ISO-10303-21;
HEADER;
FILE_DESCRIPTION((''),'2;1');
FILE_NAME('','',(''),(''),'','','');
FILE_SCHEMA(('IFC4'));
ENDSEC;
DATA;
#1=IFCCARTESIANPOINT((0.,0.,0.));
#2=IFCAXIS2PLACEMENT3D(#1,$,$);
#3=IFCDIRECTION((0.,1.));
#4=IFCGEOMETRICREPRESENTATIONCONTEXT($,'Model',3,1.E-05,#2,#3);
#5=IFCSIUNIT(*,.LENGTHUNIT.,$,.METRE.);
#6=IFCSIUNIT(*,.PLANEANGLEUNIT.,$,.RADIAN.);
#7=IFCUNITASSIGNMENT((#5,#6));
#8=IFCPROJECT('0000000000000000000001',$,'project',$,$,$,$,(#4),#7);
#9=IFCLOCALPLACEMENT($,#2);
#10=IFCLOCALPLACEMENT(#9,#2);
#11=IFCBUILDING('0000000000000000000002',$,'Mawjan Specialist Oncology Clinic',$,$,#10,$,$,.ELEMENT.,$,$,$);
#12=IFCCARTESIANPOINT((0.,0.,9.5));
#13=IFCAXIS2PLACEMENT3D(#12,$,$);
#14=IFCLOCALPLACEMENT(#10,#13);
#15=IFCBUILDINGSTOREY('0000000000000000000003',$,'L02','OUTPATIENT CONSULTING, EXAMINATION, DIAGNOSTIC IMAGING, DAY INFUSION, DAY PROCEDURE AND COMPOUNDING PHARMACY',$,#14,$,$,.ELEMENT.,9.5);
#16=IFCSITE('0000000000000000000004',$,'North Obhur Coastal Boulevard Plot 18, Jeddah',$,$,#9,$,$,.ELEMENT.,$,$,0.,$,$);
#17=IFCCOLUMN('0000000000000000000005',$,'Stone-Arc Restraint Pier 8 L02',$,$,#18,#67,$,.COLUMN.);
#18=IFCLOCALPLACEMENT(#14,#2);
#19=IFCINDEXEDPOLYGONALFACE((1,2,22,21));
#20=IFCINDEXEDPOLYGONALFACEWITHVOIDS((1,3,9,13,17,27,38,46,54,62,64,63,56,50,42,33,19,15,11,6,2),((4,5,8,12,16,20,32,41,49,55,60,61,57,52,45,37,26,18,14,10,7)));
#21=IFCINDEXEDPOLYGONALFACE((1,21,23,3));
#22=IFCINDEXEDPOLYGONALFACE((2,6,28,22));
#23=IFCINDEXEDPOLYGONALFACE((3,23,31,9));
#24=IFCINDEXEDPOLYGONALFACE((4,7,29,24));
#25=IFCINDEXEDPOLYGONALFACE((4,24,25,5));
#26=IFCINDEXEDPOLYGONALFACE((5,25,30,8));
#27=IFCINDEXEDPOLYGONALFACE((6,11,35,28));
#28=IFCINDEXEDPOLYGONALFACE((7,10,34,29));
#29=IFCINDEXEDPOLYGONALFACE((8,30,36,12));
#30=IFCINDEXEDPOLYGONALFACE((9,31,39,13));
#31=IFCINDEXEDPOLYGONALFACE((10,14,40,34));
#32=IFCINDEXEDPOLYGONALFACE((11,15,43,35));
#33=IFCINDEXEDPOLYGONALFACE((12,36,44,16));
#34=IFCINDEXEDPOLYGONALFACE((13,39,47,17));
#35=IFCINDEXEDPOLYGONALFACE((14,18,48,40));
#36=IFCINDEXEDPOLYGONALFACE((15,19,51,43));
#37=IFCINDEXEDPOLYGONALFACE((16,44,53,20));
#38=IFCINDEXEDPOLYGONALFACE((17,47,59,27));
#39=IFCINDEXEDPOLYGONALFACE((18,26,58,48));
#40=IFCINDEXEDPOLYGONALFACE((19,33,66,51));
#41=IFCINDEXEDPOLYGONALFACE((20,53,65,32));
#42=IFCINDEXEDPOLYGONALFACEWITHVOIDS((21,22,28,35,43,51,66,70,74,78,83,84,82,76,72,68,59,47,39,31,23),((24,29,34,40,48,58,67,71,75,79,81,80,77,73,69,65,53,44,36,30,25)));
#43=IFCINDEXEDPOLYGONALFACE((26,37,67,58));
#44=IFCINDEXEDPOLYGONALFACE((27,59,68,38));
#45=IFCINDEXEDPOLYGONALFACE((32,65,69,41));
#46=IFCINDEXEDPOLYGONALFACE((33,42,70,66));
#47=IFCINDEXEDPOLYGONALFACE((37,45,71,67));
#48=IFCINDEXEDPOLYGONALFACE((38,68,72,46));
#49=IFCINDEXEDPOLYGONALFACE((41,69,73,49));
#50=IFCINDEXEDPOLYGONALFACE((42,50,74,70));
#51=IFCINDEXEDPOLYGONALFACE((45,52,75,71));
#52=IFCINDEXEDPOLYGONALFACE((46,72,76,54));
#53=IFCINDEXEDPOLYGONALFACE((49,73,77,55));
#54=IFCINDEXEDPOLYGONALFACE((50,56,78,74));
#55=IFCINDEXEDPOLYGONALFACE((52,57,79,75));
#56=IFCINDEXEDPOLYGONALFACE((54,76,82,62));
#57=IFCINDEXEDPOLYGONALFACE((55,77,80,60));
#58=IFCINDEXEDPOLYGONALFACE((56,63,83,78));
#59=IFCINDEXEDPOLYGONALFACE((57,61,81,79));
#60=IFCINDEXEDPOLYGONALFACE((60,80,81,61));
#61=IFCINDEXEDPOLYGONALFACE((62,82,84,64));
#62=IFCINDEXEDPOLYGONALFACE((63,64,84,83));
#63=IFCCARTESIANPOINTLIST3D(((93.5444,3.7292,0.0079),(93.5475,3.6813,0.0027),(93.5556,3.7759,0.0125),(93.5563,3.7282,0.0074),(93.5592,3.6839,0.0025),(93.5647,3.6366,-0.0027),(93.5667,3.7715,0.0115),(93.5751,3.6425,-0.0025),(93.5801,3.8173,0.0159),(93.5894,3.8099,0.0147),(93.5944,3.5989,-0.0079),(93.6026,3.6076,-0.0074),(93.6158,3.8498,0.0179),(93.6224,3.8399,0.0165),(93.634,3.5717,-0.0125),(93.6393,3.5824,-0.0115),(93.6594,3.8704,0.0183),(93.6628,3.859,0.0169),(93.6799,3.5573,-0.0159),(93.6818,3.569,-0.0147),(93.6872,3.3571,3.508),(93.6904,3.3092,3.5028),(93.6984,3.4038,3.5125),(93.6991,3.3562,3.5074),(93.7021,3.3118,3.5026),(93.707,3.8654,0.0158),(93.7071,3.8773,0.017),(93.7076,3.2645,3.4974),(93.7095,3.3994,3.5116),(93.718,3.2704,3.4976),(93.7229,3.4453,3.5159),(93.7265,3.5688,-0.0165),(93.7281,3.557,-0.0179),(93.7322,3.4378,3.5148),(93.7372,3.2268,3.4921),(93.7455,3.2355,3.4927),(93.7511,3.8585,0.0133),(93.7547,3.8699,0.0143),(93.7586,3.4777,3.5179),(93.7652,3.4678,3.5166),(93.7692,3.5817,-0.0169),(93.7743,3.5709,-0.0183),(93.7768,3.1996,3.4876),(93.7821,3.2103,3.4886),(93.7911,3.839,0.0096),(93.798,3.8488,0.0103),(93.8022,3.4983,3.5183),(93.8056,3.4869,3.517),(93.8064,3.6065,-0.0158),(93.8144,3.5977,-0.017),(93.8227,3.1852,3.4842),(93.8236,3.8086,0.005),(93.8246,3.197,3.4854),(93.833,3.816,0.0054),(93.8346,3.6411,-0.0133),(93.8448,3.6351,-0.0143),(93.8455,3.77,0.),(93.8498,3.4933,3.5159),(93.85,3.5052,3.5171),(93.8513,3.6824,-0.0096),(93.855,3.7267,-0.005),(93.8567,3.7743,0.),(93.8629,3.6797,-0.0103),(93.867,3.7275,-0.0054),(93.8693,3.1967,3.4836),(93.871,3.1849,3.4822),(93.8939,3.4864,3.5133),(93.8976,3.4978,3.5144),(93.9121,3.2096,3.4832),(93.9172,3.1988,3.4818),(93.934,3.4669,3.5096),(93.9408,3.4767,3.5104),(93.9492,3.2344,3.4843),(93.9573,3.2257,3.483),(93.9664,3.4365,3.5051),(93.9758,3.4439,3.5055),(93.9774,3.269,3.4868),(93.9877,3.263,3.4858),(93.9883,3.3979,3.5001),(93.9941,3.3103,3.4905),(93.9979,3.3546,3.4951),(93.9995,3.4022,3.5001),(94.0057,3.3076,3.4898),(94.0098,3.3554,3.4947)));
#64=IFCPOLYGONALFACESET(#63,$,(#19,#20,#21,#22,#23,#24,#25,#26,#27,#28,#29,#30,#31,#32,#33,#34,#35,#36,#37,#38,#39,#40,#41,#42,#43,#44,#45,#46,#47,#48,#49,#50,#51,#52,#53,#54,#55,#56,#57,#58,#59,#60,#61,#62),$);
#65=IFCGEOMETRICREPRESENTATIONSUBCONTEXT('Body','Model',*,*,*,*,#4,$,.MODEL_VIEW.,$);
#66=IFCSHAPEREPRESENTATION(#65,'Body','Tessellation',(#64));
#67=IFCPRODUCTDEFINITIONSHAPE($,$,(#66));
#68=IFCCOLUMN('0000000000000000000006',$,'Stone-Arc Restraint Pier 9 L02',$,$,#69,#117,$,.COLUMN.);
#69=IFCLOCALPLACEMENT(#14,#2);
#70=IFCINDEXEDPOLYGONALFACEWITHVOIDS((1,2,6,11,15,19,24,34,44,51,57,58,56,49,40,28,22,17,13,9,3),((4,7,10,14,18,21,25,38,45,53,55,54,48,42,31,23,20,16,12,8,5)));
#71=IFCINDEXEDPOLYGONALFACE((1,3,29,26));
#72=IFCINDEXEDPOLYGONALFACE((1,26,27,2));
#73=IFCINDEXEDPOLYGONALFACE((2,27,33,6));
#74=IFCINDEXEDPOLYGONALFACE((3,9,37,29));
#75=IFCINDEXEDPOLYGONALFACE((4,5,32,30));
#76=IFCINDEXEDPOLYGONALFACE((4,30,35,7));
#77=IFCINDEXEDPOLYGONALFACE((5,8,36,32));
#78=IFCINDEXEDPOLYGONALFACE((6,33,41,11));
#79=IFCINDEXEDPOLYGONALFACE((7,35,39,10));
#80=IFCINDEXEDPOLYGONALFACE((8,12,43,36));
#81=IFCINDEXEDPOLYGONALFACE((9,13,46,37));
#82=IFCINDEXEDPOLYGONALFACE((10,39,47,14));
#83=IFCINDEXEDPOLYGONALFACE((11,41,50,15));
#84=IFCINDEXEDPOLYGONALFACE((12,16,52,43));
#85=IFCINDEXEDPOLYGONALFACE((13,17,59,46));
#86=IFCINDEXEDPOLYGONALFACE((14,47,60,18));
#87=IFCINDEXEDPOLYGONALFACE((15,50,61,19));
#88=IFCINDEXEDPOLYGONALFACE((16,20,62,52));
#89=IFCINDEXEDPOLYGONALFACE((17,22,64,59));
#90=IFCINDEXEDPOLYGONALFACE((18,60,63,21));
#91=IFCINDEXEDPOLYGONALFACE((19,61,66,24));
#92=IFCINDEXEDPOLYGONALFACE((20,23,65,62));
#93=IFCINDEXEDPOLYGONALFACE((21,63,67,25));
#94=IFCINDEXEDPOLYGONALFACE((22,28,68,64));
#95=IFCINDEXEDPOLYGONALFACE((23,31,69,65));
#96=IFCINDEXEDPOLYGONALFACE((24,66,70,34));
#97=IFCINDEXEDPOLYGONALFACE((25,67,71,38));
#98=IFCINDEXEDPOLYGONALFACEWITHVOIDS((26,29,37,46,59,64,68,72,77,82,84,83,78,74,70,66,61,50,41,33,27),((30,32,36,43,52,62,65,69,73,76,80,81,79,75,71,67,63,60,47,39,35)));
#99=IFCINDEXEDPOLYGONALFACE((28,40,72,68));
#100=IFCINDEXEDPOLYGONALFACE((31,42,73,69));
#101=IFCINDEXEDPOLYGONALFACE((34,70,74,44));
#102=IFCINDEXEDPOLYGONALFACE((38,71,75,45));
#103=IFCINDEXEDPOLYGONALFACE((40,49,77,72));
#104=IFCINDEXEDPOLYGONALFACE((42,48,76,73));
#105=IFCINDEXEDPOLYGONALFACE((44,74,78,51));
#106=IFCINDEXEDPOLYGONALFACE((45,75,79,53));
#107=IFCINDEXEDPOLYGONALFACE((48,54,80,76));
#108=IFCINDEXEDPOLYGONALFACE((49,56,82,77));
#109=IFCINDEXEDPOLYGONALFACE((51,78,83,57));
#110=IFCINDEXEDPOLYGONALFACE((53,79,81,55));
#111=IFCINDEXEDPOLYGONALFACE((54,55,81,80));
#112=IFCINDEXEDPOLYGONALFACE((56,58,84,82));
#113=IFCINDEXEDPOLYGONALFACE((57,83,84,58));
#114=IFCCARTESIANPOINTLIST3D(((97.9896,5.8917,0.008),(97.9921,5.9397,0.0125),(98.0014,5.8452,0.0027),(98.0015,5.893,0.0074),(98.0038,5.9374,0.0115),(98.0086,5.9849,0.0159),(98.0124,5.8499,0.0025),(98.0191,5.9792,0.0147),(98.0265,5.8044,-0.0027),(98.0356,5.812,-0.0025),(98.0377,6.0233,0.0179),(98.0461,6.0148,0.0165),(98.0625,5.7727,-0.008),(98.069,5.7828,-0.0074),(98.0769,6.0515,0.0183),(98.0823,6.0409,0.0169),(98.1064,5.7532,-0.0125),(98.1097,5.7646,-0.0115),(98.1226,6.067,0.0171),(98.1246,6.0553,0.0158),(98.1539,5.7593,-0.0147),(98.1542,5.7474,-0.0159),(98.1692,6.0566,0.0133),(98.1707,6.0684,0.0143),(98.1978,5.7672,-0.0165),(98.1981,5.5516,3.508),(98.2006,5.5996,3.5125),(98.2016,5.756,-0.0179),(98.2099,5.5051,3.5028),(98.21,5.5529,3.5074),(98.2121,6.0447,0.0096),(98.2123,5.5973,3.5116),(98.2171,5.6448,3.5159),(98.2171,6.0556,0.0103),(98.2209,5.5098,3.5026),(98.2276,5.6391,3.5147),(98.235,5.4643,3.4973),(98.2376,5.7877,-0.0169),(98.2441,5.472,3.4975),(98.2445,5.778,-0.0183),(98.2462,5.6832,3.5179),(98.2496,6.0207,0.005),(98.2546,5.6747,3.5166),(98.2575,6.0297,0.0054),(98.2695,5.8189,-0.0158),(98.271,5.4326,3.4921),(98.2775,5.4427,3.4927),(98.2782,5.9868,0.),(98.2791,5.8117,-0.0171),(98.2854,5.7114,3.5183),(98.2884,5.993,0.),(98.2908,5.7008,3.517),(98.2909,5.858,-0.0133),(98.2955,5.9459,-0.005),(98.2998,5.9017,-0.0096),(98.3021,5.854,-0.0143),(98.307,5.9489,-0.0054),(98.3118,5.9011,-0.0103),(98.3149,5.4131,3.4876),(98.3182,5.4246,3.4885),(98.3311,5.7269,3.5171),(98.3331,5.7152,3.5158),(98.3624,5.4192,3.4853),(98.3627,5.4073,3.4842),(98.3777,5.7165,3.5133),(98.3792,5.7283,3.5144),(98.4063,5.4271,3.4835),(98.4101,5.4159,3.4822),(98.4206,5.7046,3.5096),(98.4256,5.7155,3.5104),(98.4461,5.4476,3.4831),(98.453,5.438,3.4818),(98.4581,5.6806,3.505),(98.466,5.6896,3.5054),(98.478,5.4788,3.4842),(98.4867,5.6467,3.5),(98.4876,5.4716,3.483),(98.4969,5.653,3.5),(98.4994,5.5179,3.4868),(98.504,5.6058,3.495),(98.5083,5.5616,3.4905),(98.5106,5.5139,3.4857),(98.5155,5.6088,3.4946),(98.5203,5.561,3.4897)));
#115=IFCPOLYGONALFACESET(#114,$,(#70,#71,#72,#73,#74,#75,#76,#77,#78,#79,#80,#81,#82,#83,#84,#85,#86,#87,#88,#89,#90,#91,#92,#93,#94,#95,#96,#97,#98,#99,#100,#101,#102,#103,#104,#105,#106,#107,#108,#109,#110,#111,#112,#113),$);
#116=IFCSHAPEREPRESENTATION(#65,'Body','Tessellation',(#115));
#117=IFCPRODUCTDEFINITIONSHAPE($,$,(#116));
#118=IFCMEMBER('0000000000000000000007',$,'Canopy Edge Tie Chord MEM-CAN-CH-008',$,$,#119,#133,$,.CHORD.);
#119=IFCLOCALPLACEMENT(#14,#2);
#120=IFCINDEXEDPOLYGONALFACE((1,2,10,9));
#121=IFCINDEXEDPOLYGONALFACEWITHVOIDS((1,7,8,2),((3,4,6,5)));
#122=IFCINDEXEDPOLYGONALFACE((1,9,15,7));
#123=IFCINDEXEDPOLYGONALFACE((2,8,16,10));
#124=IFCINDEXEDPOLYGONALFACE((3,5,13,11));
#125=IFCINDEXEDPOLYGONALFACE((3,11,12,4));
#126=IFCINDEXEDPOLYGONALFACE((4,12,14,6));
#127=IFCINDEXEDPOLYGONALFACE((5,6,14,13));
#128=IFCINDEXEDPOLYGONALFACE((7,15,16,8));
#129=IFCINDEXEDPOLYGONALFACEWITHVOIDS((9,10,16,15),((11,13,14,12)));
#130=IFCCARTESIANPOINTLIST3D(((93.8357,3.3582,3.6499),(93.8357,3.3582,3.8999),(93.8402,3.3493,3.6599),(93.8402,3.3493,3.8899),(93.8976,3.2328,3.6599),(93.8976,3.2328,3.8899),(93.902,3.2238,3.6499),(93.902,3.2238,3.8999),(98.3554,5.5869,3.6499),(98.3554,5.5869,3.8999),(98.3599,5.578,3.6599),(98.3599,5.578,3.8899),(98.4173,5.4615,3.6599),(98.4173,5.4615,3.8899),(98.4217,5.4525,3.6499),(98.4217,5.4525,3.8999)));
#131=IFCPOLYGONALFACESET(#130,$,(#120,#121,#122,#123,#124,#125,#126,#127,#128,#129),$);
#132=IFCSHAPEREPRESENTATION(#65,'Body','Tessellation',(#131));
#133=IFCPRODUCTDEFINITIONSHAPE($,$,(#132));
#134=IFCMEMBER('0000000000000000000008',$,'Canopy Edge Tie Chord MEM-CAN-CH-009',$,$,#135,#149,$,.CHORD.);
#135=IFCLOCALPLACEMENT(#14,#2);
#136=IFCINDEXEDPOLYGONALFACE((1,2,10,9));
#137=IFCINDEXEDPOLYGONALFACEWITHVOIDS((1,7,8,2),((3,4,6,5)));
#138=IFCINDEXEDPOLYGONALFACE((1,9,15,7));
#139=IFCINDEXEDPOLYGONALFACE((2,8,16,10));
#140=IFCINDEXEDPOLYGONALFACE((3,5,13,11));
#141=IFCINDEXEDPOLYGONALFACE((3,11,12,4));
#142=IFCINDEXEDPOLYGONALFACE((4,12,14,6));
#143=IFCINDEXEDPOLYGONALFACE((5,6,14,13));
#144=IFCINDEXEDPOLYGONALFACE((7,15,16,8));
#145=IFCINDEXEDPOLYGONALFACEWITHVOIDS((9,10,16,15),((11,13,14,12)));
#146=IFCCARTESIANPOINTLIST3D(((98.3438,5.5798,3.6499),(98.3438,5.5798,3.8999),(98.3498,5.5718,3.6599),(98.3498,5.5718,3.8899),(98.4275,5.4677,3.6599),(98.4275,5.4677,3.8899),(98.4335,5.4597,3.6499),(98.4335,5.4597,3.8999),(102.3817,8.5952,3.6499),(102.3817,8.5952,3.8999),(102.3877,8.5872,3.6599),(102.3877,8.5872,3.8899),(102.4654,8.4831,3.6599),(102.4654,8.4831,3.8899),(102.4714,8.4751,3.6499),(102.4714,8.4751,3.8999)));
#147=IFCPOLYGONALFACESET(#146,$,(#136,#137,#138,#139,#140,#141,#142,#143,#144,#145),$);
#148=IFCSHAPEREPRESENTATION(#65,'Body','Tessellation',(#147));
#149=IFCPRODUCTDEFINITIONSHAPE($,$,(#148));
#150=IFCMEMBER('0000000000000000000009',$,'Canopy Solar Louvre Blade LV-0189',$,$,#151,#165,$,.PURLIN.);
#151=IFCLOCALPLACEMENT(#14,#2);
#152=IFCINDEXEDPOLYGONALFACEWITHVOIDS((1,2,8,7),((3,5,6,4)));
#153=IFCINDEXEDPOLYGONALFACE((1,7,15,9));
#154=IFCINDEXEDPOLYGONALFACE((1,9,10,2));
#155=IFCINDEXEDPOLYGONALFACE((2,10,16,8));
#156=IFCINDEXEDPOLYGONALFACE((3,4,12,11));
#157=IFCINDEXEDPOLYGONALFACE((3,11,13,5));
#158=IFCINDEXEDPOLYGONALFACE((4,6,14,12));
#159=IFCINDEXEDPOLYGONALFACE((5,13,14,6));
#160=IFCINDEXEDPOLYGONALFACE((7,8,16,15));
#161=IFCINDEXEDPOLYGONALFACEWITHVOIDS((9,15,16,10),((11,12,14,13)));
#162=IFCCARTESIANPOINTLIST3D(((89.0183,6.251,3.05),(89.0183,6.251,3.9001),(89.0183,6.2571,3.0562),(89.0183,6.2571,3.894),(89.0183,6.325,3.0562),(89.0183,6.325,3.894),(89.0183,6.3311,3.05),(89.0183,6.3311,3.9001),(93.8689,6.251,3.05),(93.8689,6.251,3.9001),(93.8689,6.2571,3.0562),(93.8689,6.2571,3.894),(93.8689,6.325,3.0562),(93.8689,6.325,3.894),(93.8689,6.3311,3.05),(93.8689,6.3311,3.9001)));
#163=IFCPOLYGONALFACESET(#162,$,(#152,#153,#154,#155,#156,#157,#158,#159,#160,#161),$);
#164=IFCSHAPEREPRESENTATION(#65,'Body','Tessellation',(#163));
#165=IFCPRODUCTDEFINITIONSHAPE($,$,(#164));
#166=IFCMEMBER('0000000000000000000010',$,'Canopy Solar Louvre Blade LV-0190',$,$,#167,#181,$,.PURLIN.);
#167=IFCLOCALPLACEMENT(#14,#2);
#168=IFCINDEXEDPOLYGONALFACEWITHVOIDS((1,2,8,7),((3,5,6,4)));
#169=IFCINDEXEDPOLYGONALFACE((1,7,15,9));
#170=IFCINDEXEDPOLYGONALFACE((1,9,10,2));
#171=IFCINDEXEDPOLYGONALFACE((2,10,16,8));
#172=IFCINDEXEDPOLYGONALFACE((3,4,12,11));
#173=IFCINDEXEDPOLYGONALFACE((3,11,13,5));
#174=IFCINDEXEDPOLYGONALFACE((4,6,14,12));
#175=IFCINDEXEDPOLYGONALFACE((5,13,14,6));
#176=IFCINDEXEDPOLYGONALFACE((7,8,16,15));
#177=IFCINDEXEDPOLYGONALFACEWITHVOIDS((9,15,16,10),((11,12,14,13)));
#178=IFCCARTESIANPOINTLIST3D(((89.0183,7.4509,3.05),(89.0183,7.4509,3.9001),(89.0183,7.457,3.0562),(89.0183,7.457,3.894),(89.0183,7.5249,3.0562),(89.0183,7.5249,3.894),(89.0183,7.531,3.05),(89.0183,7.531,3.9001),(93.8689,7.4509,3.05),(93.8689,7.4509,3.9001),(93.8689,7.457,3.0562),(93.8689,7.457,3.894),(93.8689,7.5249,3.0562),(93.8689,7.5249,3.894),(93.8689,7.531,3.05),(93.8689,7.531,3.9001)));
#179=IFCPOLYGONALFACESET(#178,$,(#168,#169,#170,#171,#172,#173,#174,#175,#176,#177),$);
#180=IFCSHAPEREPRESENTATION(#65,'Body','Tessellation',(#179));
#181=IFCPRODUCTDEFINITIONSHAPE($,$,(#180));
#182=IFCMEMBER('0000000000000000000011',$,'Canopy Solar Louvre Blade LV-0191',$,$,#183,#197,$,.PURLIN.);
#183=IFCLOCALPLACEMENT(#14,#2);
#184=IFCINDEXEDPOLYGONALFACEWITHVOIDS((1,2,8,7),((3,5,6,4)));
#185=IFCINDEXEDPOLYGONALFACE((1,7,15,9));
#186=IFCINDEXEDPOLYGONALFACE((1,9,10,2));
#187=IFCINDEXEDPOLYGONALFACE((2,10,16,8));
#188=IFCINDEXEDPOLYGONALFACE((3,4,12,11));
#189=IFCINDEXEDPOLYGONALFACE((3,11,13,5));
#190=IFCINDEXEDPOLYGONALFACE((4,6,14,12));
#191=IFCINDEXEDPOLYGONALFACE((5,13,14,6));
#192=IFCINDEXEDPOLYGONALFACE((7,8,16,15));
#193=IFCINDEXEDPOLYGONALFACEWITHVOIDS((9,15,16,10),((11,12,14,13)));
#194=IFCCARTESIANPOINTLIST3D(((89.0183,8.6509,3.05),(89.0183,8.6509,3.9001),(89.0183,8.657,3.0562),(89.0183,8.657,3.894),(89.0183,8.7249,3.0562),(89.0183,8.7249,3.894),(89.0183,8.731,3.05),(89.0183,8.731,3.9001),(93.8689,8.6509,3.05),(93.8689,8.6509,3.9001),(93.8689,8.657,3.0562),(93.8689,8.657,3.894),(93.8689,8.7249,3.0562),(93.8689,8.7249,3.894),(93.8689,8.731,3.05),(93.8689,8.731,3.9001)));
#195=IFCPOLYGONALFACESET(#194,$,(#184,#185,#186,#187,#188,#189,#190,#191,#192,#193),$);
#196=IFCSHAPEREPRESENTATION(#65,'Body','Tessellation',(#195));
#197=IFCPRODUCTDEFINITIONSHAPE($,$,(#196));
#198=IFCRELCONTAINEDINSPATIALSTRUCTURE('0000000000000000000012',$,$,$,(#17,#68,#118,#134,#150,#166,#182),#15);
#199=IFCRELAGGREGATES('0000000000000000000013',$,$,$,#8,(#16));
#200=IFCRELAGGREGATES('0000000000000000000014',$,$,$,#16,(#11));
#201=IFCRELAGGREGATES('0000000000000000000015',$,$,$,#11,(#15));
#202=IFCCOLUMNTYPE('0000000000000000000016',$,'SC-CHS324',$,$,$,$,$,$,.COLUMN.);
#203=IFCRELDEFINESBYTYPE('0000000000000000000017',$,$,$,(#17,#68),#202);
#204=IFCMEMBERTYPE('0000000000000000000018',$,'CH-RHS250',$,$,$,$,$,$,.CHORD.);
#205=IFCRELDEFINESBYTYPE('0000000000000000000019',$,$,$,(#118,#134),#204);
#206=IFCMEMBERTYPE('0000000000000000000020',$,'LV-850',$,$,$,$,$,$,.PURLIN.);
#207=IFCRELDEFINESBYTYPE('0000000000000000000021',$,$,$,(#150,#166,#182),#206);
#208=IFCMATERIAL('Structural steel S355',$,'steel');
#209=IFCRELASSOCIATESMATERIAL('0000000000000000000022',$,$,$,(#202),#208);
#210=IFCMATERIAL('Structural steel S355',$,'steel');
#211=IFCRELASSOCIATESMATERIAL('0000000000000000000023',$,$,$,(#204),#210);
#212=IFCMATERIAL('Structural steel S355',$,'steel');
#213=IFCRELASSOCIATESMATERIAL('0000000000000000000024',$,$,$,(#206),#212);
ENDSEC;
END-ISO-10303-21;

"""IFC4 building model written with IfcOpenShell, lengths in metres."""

from ifc_helpers import new_model, si_unit, direction, frame, origin, origin_2d, place, context, subcontext, project, spatial, hollow_rectangle, hollow_circle, extrude, material, material_profile, profile_set, type_object, element, save


model = new_model("IFC4")

# Units and contexts
model_context = context("Model", 3, precision=1e-05, world=origin(), true_north=direction((0.0, 1.0)))
body_context = subcontext(model_context, "Body", "Model", "MODEL_VIEW")
ifc_project = project(units=[si_unit("LENGTHUNIT", "METRE"), si_unit("PLANEANGLEUNIT", "RADIAN")], contexts=[model_context])

# Site, building, storey
site_placement = place(None, origin())
site = spatial("IfcSite", under=ifc_project, at=site_placement, Name="North Obhur Coastal Boulevard Plot 18, Jeddah", CompositionType="ELEMENT", RefElevation=0.0)
building_placement = place(site_placement, origin())
building = spatial("IfcBuilding", under=site, at=building_placement, Name="Mawjan Specialist Oncology Clinic", CompositionType="ELEMENT")
storey_placement = place(building_placement, frame((0.0, 0.0, 9.5)))
storey = spatial("IfcBuildingStorey", under=building, at=storey_placement, Name="L02", Description="OUTPATIENT CONSULTING, EXAMINATION, DIAGNOSTIC IMAGING, DAY INFUSION, DAY PROCEDURE AND COMPOUNDING PHARMACY", CompositionType="ELEMENT", Elevation=9.5)

# Columns
ifc_material_1 = material(Name="Structural steel S355", Category="steel")
ifc_material_profile_1 = material_profile(ifc_material_1, hollow_circle(Radius=0.1619, WallThickness=0.012, at=origin_2d()), Name="CHS 323.9x12", Category="steel")
ifc_profile_set_1 = profile_set([ifc_material_profile_1], Name="Structural steel S355")
column_type = type_object("IfcColumnType", Name="SC-CHS324", PredefinedType="COLUMN", material=ifc_profile_set_1)
for number, where, z_axis, x_axis, name in (
    (1, (93.7056, 3.7163, 0.0), (0.040544, -0.105623, 0.993579), (0.933582, 0.358363, 0.0), "Stone-Arc Restraint Pier 8 L02"),
    (2, (98.1504, 5.9084, 0.0), (0.059187, -0.096543, 0.993567), (0.85254, 0.522663, 0.0), "Stone-Arc Restraint Pier 9 L02"),
):
    element("IfcColumn", number, at=place(storey_placement, frame(where, z_axis=z_axis, x_axis=x_axis)), inside=storey, type_object=column_type, Name=name, PredefinedType="COLUMN", context=body_context, shape_type="SweptSolid", body=[
        extrude(hollow_circle(Radius=0.1619, WallThickness=0.012, at=origin_2d()), origin(), (0.0, 0.0, 1.0), 3.5227),
    ])

# Members
ifc_material_2 = material(Name="Structural steel S355", Category="steel")
ifc_material_profile_2 = material_profile(ifc_material_2, hollow_rectangle(XDim=0.1499, YDim=0.25, WallThickness=0.01, at=origin_2d()), Name="RHS 250x150x10", Category="steel")
ifc_profile_set_2 = profile_set([ifc_material_profile_2], Name="Structural steel S355")
member_type_1 = type_object("IfcMemberType", Name="CH-RHS250", PredefinedType="CHORD", material=ifc_profile_set_2)
member_1_placement = place(storey_placement, frame((93.8689, 3.291, 3.7749), z_axis=(0.896884, 0.442265, 0.0), x_axis=(-0.442265, 0.896884, 0.0)))
element("IfcMember", 3, at=member_1_placement, inside=storey, type_object=member_type_1, Name="Canopy Edge Tie Chord MEM-CAN-CH-008", PredefinedType="CHORD", context=body_context, shape_type="SweptSolid", body=[
    extrude(hollow_rectangle(XDim=0.1499, YDim=0.25, WallThickness=0.01, at=origin_2d()), origin(), (0.0, 0.0, 1.0), 5.0393),
])
member_2_placement = place(storey_placement, frame((98.3887, 5.5198, 3.7749), z_axis=(0.801237, 0.598348, 0.0), x_axis=(-0.598348, 0.801237, 0.0)))
element("IfcMember", 4, at=member_2_placement, inside=storey, type_object=member_type_1, Name="Canopy Edge Tie Chord MEM-CAN-CH-009", PredefinedType="CHORD", context=body_context, shape_type="SweptSolid", body=[
    extrude(hollow_rectangle(XDim=0.1499, YDim=0.25, WallThickness=0.01, at=origin_2d()), origin(), (0.0, 0.0, 1.0), 5.0396),
])
ifc_material_3 = material(Name="Structural steel S355", Category="steel")
ifc_material_profile_3 = material_profile(ifc_material_3, hollow_rectangle(XDim=0.0801, YDim=0.8501, WallThickness=0.0061, at=origin_2d()), Name="LOUVRE 850x80x6", Category="steel")
ifc_profile_set_3 = profile_set([ifc_material_profile_3], Name="Structural steel S355")
member_type_2 = type_object("IfcMemberType", Name="LV-850", PredefinedType="PURLIN", material=ifc_profile_set_3)
for number, where, z_axis, x_axis, name in (
    (5, (89.0183, 6.291, 3.4751), (1.0, 0.0, 0.0), (0.0, 1.0, 0.0), "Canopy Solar Louvre Blade LV-0189"),
    (6, (89.0183, 7.491, 3.4751), (1.0, 0.0, 0.0), (0.0, 1.0, 0.0), "Canopy Solar Louvre Blade LV-0190"),
    (7, (89.0183, 8.6909, 3.4751), (1.0, 0.0, 0.0), (0.0, 1.0, 0.0), "Canopy Solar Louvre Blade LV-0191"),
):
    element("IfcMember", number, at=place(storey_placement, frame(where, z_axis=z_axis, x_axis=x_axis)), inside=storey, type_object=member_type_2, Name=name, PredefinedType="PURLIN", context=body_context, shape_type="SweptSolid", body=[
        extrude(hollow_rectangle(XDim=0.0801, YDim=0.8501, WallThickness=0.0061, at=origin_2d()), origin(), (0.0, 0.0, 1.0), 4.8506),
    ])

save(model, "model.ifc")
